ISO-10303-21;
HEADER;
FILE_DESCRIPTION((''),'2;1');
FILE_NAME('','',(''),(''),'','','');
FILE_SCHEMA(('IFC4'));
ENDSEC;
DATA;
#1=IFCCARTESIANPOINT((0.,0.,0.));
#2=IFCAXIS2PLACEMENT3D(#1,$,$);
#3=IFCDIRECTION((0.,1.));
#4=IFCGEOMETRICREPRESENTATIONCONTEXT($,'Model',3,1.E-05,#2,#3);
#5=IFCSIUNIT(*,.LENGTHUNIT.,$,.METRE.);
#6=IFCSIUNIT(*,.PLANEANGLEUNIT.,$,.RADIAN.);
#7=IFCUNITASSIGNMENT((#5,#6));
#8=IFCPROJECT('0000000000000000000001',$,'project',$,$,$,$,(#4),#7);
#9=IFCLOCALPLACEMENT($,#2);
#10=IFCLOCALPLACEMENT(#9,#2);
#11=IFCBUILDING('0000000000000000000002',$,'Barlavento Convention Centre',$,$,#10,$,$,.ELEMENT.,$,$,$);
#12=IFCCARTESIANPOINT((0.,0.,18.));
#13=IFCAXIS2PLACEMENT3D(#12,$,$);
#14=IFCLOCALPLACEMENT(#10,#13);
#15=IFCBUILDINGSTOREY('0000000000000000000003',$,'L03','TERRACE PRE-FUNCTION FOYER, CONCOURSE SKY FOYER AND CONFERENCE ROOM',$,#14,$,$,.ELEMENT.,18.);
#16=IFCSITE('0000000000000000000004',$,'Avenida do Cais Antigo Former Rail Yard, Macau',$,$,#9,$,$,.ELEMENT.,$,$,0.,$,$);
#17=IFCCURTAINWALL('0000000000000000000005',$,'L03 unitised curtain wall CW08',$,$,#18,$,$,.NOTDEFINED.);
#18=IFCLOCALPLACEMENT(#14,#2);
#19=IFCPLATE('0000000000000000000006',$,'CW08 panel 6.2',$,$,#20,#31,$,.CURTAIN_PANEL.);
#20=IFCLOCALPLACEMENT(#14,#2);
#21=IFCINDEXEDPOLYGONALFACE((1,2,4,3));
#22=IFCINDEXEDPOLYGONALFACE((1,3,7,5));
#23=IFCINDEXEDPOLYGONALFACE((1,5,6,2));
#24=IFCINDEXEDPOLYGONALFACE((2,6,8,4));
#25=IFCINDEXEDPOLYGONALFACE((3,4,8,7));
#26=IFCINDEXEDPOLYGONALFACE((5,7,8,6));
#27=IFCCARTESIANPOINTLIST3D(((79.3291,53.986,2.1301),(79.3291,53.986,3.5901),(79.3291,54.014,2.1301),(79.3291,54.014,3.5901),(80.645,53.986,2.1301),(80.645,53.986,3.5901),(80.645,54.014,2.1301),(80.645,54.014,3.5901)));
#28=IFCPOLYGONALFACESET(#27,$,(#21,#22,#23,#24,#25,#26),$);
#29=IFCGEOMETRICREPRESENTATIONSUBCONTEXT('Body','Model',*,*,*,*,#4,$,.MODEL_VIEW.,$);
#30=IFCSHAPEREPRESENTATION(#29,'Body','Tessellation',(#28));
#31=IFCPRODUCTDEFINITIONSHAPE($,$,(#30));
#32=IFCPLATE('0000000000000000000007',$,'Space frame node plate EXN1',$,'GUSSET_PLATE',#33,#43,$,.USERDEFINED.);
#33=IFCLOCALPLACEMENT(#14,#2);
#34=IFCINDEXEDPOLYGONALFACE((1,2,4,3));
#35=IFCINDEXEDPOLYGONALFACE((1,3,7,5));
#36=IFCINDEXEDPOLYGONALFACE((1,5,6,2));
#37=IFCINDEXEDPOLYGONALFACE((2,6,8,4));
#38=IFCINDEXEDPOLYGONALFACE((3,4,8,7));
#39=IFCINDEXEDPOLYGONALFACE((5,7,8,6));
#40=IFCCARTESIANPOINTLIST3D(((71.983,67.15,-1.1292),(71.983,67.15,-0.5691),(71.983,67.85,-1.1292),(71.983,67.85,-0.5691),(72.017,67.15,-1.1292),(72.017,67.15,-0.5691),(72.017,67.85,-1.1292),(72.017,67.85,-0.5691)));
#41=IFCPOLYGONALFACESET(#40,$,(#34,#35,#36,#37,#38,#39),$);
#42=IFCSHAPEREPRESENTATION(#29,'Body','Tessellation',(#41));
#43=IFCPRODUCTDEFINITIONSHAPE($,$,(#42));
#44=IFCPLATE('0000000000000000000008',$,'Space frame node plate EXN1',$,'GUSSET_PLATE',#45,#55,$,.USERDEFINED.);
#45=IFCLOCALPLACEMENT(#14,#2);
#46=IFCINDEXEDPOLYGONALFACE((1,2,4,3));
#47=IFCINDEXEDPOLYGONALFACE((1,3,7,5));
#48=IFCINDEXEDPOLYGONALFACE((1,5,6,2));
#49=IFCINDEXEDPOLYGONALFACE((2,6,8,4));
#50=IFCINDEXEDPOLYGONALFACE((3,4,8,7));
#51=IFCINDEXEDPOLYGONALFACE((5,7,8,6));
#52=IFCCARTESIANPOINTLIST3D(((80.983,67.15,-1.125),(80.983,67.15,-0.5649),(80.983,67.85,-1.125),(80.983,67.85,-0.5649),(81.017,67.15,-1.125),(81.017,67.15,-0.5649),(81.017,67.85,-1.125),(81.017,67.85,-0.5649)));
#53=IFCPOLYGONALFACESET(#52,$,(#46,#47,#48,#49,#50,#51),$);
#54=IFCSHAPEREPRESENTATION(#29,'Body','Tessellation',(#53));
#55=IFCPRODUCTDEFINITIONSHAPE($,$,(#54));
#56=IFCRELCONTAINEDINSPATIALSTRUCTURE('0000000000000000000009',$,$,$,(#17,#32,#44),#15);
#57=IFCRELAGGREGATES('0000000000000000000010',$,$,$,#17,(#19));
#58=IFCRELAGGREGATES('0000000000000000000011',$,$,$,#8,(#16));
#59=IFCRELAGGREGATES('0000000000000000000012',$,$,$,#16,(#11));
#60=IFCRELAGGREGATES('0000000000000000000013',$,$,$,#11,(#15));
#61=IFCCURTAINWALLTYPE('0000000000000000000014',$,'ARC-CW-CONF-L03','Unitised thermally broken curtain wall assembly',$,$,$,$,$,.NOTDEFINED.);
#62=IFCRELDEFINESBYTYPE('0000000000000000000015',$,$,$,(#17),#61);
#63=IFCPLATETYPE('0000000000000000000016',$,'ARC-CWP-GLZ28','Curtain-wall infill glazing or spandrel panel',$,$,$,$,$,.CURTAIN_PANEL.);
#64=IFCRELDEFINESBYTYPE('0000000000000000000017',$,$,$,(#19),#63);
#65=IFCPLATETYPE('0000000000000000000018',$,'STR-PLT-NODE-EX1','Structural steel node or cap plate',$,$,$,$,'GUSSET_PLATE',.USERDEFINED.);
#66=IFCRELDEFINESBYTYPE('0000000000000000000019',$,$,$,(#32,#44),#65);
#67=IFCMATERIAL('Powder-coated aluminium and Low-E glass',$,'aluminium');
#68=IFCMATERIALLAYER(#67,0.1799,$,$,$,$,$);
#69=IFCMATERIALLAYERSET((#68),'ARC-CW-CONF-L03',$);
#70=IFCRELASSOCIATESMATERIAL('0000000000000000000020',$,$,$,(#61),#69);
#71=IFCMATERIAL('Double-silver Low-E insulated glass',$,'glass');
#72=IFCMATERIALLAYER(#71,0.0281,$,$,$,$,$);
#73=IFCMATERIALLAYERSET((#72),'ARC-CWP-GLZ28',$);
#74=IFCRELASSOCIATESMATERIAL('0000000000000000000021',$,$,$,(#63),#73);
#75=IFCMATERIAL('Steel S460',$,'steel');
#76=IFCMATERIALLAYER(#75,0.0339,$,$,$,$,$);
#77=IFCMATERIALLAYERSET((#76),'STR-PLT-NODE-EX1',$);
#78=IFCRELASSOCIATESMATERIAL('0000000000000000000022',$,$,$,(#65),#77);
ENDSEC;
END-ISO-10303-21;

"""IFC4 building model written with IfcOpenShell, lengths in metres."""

from ifc_helpers import new_model, si_unit, direction, frame, origin, origin_2d, place, context, subcontext, project, spatial, rectangle, extrude, material, layer, layer_set, type_object, element, aggregate, save


model = new_model("IFC4")

# Units and contexts
model_context = context("Model", 3, precision=1e-05, world=origin(), true_north=direction((0.0, 1.0)))
body_context = subcontext(model_context, "Body", "Model", "MODEL_VIEW")
ifc_project = project(units=[si_unit("LENGTHUNIT", "METRE"), si_unit("PLANEANGLEUNIT", "RADIAN")], contexts=[model_context])

# Site, building, storey
site_placement = place(None, origin())
site = spatial("IfcSite", under=ifc_project, at=site_placement, Name="Avenida do Cais Antigo Former Rail Yard, Macau", CompositionType="ELEMENT", RefElevation=0.0)
building_placement = place(site_placement, origin())
building = spatial("IfcBuilding", under=site, at=building_placement, Name="Barlavento Convention Centre", CompositionType="ELEMENT")
storey_placement = place(building_placement, frame((0.0, 0.0, 18.0)))
storey = spatial("IfcBuildingStorey", under=building, at=storey_placement, Name="L03", Description="TERRACE PRE-FUNCTION FOYER, CONCOURSE SKY FOYER AND CONFERENCE ROOM", CompositionType="ELEMENT", Elevation=18.0)

# Curtain wall
ifc_material_1 = material(Name="Powder-coated aluminium and Low-E glass", Category="aluminium")
ifc_layer_1 = layer(ifc_material_1, 0.1799)
ifc_layer_set_1 = layer_set([ifc_layer_1], Name="ARC-CW-CONF-L03")
curtain_wall_type = type_object("IfcCurtainWallType", Name="ARC-CW-CONF-L03", Description="Unitised thermally broken curtain wall assembly", PredefinedType="NOTDEFINED", material=ifc_layer_set_1)
curtain_wall_placement = place(storey_placement, origin())
curtain_wall = element("IfcCurtainWall", 1, at=curtain_wall_placement, inside=storey, type_object=curtain_wall_type, Name="L03 unitised curtain wall CW08", PredefinedType="NOTDEFINED")

# Shared definitions
ifc_material_2 = material(Name="Steel S460", Category="steel")

# Plate
ifc_material_3 = material(Name="Double-silver Low-E insulated glass", Category="glass")
ifc_layer_2 = layer(ifc_material_3, 0.0281)
ifc_layer_set_2 = layer_set([ifc_layer_2], Name="ARC-CWP-GLZ28")
plate_type_1 = type_object("IfcPlateType", Name="ARC-CWP-GLZ28", Description="Curtain-wall infill glazing or spandrel panel", PredefinedType="CURTAIN_PANEL", material=ifc_layer_set_2)
plate_1_placement = place(storey_placement, frame((79.9871, 54.0, 2.1301), z_axis=(0.0, 0.0, 1.0), x_axis=(1.0, 0.0, 0.0)))
plate_1 = element("IfcPlate", 2, at=plate_1_placement, type_object=plate_type_1, Name="CW08 panel 6.2", PredefinedType="CURTAIN_PANEL", context=body_context, shape_type="SweptSolid", body=[
    extrude(rectangle(XDim=1.3159, YDim=0.0281, at=origin_2d()), origin(), (0.0, 0.0, 1.0), 1.46),
])
aggregate(curtain_wall, [plate_1])

# Plates
ifc_layer_3 = layer(ifc_material_2, 0.0339)
ifc_layer_set_3 = layer_set([ifc_layer_3], Name="STR-PLT-NODE-EX1")
plate_type_2 = type_object("IfcPlateType", Name="STR-PLT-NODE-EX1", Description="Structural steel node or cap plate", ElementType="GUSSET_PLATE", PredefinedType="USERDEFINED", material=ifc_layer_set_3)
for number, where, z_axis, x_axis, name in (
    (3, (72.0, 67.5, -1.1292), (0.0, 0.0, 1.0), (1.0, 0.0, 0.0), "Space frame node plate EXN1"),
    (4, (81.0, 67.5, -1.125), (0.0, 0.0, 1.0), (1.0, 0.0, 0.0), "Space frame node plate EXN1"),
):
    element("IfcPlate", number, at=place(storey_placement, frame(where, z_axis=z_axis, x_axis=x_axis)), inside=storey, type_object=plate_type_2, Name=name, ObjectType="GUSSET_PLATE", PredefinedType="USERDEFINED", context=body_context, shape_type="SweptSolid", body=[
        extrude(rectangle(XDim=0.0339, YDim=0.7, at=origin_2d()), origin(), (0.0, 0.0, 1.0), 0.5601),
    ])

save(model, "model.ifc")
